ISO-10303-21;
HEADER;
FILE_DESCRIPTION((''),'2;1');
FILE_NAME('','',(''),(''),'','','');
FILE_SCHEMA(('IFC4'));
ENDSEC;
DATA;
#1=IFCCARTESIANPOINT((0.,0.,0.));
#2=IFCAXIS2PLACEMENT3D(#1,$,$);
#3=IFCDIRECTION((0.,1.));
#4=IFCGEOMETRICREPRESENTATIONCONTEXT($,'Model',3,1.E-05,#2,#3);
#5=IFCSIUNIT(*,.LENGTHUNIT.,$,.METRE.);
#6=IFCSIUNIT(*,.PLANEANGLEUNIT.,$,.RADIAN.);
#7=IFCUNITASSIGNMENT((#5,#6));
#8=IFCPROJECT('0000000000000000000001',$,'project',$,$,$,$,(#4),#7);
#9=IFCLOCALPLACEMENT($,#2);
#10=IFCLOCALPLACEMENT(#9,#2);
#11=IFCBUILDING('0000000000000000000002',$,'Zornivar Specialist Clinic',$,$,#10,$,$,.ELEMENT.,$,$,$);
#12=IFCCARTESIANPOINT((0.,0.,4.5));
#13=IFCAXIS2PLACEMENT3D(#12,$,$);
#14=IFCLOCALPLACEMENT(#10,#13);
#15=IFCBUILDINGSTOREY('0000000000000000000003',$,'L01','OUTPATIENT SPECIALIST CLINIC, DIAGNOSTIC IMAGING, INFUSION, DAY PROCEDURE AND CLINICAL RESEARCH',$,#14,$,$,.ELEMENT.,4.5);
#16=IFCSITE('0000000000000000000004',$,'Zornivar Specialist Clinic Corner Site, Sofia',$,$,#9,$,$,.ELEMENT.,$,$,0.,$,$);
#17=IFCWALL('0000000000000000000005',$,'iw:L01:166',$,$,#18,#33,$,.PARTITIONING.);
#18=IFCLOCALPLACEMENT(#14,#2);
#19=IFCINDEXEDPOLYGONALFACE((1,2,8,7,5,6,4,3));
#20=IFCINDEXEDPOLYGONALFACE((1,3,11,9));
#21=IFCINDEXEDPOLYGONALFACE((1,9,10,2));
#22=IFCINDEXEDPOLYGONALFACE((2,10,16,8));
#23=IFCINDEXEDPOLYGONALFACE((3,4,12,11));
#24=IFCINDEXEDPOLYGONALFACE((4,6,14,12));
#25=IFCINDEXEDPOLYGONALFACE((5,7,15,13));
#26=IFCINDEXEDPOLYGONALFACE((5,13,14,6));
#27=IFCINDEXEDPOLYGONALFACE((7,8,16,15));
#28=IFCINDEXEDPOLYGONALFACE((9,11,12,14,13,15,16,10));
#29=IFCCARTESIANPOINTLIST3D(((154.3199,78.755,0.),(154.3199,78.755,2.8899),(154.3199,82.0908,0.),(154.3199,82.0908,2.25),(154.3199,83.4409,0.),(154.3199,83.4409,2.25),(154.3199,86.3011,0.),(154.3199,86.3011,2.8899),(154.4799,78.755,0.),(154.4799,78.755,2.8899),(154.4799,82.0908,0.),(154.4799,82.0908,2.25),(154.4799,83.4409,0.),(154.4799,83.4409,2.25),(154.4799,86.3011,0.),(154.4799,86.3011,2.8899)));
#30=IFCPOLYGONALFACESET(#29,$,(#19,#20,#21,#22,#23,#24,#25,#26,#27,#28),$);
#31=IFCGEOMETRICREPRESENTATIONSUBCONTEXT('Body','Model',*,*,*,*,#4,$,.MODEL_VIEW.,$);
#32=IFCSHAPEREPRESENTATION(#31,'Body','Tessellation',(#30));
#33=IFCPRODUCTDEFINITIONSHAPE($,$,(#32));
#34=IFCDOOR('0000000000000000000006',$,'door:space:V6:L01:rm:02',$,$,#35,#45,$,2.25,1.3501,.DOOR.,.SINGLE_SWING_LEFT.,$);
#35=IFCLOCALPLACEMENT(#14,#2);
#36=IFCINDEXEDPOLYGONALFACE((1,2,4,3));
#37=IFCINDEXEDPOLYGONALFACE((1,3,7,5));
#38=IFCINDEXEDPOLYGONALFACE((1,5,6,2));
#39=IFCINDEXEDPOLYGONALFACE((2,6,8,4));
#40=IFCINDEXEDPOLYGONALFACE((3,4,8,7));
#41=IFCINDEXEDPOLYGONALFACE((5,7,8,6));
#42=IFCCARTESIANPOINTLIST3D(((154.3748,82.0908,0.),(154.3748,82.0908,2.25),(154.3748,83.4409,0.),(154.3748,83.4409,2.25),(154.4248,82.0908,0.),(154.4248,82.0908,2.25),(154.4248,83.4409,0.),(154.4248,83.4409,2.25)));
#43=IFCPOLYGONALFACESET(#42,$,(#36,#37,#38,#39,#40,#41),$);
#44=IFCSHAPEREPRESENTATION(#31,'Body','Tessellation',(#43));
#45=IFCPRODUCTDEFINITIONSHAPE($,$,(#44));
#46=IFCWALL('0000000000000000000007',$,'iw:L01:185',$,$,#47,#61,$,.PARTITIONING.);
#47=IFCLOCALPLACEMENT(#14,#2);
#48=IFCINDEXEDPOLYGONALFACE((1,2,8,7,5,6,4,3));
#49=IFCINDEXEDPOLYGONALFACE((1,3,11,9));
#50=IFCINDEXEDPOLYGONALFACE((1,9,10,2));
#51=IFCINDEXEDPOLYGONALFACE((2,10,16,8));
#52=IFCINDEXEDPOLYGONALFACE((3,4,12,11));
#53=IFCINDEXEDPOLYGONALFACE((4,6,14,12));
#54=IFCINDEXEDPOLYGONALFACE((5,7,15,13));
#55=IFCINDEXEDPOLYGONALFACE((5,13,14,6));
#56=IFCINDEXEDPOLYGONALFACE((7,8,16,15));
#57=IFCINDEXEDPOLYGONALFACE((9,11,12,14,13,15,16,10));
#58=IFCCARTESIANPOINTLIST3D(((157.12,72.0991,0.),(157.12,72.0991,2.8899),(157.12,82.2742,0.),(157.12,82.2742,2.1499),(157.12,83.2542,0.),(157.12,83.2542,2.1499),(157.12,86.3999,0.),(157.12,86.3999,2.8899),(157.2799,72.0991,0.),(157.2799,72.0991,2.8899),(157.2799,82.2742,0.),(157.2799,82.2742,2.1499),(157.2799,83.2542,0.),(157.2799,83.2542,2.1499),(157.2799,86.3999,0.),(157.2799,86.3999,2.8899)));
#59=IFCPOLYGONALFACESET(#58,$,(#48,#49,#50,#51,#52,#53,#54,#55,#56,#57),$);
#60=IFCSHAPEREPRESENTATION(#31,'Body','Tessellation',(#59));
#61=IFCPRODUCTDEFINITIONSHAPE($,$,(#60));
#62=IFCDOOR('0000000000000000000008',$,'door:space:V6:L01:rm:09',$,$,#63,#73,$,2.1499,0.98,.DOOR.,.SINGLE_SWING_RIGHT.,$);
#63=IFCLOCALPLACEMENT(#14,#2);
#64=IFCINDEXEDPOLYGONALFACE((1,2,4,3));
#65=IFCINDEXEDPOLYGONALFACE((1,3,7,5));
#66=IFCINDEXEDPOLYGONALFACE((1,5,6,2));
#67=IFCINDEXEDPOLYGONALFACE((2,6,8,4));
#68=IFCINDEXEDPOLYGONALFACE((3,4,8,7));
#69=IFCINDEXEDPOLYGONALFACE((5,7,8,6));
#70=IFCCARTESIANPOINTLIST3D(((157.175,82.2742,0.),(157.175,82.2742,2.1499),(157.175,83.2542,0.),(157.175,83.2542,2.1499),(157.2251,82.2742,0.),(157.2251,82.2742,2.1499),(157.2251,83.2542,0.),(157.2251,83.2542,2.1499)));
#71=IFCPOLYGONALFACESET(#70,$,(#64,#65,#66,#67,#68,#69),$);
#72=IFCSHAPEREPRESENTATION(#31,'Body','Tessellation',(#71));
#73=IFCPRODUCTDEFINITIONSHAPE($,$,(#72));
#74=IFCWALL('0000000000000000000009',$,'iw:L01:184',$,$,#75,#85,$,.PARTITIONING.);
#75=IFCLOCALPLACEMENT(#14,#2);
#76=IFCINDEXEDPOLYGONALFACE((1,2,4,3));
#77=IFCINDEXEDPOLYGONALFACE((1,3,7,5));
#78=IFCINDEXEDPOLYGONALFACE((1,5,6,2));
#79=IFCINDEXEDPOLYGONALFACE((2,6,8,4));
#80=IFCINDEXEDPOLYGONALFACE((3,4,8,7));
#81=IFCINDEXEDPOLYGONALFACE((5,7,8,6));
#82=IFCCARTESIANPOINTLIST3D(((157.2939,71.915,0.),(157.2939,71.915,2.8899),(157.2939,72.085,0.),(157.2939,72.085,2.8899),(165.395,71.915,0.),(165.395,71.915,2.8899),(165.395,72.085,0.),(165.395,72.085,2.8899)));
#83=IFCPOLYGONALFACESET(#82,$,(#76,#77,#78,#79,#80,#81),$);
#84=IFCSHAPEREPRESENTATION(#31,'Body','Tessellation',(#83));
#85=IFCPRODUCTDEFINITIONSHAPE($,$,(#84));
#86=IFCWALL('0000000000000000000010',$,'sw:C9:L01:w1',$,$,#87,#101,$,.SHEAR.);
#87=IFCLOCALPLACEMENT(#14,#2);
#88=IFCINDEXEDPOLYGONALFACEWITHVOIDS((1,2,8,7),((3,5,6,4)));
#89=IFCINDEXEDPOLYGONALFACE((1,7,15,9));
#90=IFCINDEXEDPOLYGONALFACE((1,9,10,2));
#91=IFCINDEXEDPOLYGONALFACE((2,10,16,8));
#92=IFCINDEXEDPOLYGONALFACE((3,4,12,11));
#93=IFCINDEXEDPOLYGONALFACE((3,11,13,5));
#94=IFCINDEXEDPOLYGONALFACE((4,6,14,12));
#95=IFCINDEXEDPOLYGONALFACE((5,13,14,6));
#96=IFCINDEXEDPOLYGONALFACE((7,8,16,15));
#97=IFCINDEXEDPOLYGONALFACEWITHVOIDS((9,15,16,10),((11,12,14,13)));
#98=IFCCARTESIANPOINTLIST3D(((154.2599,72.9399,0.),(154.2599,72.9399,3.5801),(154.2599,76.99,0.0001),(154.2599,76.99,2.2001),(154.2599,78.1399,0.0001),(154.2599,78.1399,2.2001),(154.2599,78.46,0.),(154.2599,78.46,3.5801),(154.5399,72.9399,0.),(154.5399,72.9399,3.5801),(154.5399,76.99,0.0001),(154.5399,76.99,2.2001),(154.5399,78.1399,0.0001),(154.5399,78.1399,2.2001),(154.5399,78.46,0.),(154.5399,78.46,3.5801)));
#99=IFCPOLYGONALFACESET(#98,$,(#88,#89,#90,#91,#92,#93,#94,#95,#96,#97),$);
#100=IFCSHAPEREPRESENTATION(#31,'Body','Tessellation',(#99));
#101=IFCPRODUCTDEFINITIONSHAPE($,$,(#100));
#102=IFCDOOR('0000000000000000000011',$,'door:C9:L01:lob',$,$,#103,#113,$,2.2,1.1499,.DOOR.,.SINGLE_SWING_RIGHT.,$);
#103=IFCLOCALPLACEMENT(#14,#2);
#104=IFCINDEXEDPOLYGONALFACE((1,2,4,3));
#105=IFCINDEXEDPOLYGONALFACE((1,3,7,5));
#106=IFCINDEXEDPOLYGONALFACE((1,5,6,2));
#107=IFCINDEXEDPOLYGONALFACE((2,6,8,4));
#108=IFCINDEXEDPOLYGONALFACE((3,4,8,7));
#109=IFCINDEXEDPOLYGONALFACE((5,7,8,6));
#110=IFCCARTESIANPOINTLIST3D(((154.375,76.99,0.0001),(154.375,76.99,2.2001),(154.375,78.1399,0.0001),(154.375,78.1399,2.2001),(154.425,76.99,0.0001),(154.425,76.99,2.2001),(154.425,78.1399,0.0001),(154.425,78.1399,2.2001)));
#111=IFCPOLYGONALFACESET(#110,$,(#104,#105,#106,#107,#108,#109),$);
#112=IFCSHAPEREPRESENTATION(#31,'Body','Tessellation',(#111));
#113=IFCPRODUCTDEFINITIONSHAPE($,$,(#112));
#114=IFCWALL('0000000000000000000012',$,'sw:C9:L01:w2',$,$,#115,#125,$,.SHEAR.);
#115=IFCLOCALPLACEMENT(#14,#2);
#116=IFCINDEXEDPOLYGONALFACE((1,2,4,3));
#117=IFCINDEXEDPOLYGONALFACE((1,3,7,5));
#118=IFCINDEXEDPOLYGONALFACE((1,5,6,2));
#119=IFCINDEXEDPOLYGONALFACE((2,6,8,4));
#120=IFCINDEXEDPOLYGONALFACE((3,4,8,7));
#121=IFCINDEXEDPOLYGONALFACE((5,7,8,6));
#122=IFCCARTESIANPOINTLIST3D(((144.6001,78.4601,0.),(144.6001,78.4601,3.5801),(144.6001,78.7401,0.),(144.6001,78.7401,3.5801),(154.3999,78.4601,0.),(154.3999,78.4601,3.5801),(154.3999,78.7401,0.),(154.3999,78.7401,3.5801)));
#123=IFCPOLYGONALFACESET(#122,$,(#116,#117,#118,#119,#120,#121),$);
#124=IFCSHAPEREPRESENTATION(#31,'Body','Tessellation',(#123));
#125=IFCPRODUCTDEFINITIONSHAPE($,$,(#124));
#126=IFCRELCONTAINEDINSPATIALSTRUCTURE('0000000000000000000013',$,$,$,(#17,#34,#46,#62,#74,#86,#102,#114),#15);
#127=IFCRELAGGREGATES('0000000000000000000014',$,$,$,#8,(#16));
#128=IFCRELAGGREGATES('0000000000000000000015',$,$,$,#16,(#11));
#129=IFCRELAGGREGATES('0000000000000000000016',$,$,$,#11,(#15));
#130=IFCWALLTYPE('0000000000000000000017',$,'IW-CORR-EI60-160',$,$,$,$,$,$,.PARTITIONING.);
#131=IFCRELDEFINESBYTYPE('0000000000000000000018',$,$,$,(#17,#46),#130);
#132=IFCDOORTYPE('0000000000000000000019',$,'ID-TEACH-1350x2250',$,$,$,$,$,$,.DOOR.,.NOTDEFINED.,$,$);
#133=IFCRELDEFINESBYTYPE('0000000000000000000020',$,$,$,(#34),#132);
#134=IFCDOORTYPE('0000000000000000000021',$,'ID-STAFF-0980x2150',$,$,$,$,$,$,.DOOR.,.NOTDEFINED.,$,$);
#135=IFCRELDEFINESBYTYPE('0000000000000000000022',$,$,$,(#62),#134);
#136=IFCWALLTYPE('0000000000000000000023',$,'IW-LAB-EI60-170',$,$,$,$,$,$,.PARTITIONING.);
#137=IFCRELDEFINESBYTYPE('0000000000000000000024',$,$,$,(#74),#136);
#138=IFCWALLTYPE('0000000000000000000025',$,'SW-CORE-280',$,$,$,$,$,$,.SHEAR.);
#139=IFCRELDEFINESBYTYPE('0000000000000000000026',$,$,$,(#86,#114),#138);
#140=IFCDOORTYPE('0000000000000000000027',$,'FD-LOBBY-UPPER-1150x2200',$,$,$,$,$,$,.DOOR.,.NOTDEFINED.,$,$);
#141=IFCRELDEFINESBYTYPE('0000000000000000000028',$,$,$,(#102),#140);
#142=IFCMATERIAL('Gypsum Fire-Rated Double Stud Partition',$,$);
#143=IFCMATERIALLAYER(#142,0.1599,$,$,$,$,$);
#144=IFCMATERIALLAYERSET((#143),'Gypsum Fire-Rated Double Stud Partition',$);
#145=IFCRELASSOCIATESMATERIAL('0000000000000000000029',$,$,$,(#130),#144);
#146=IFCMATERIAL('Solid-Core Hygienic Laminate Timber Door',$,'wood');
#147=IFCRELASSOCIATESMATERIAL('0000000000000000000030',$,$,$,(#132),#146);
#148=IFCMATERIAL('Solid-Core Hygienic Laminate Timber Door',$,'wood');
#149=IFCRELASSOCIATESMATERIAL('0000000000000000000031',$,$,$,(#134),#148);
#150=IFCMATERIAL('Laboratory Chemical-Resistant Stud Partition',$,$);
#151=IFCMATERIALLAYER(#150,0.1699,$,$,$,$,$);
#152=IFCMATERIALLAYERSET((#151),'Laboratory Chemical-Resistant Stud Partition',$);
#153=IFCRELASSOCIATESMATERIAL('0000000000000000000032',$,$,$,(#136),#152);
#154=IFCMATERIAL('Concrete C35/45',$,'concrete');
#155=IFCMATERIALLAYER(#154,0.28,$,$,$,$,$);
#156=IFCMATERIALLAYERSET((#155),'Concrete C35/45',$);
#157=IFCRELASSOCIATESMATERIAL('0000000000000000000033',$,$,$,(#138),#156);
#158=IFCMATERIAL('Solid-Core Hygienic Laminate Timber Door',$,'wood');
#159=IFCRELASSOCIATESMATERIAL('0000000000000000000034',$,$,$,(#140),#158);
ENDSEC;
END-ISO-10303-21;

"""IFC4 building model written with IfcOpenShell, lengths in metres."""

from ifc_helpers import new_model, si_unit, direction, frame, frame_2d, origin, place, context, subcontext, project, spatial, rectangle, extrude, material, layer, layer_set, type_object, element, fill, save


model = new_model("IFC4")

# Units and contexts
model_context = context("Model", 3, precision=1e-05, world=origin(), true_north=direction((0.0, 1.0)))
body_context = subcontext(model_context, "Body", "Model", "MODEL_VIEW")
ifc_project = project(units=[si_unit("LENGTHUNIT", "METRE"), si_unit("PLANEANGLEUNIT", "RADIAN")], contexts=[model_context])

# Site, building, storey
site_placement = place(None, origin())
site = spatial("IfcSite", under=ifc_project, at=site_placement, Name="Zornivar Specialist Clinic Corner Site, Sofia", CompositionType="ELEMENT", RefElevation=0.0)
building_placement = place(site_placement, origin())
building = spatial("IfcBuilding", under=site, at=building_placement, Name="Zornivar Specialist Clinic", CompositionType="ELEMENT")
storey_placement = place(building_placement, frame((0.0, 0.0, 4.5)))
storey = spatial("IfcBuildingStorey", under=building, at=storey_placement, Name="L01", Description="OUTPATIENT SPECIALIST CLINIC, DIAGNOSTIC IMAGING, INFUSION, DAY PROCEDURE AND CLINICAL RESEARCH", CompositionType="ELEMENT", Elevation=4.5)

# Shared definitions
ifc_material_1 = material(Name="Gypsum Fire-Rated Double Stud Partition")
ifc_layer_1 = layer(ifc_material_1, 0.1599)
ifc_layer_set_1 = layer_set([ifc_layer_1], Name="Gypsum Fire-Rated Double Stud Partition")
wall_type_1 = type_object("IfcWallType", Name="IW-CORR-EI60-160", PredefinedType="PARTITIONING", material=ifc_layer_set_1)

# Walls, openings, doors
wall_1_placement = place(storey_placement, frame((154.3999, 86.301, 0.0), z_axis=(0.0, 0.0, 1.0), x_axis=(0.0, -1.0, 0.0)))
wall_1 = element("IfcWall", 1, at=wall_1_placement, inside=storey, type_object=wall_type_1, Name="iw:L01:166", PredefinedType="PARTITIONING", context=body_context, shape_type="SweptSolid", body=[
    extrude(rectangle(XDim=7.5461, YDim=0.1599, at=frame_2d((3.7729, 0.0))), origin(), (0.0, 0.0, 1.0), 2.8899),
])
opening_1_placement = place(wall_1_placement, frame((2.8601, 0.0, 0.0)))
opening_1 = element("IfcOpeningElement", 2, at=opening_1_placement, cuts=wall_1, PredefinedType="OPENING", context=body_context, shape_type="SweptSolid", body=[
    extrude(rectangle(XDim=1.3501, YDim=2.25, at=frame_2d((0.675, 1.125))), frame((0.0, 0.0898, 0.0), z_axis=(0.0, -1.0, 0.0), x_axis=(1.0, 0.0, 0.0)), (0.0, 0.0, 1.0), 0.1799),
])
ifc_material_2 = material(Name="Solid-Core Hygienic Laminate Timber Door", Category="wood")
door_type_1 = type_object("IfcDoorType", Name="ID-TEACH-1350x2250", OperationType="NOTDEFINED", PredefinedType="DOOR", material=ifc_material_2)
door_1_placement = place(opening_1_placement, origin())
door_1 = element("IfcDoor", 3, at=door_1_placement, inside=storey, type_object=door_type_1, Name="door:space:V6:L01:rm:02", OperationType="SINGLE_SWING_LEFT", OverallHeight=2.25, OverallWidth=1.3501, PredefinedType="DOOR", context=body_context, shape_type="SweptSolid", body=[
    extrude(rectangle(XDim=1.3501, YDim=2.25, at=frame_2d((0.675, 1.125))), frame((0.0, 0.0249, 0.0), z_axis=(0.0, -1.0, 0.0), x_axis=(1.0, 0.0, 0.0)), (0.0, 0.0, 1.0), 0.05),
])
fill(opening_1, door_1)
wall_2_placement = place(storey_placement, frame((157.2, 72.0991, 0.0), z_axis=(0.0, 0.0, 1.0), x_axis=(0.0, 1.0, 0.0)))
wall_2 = element("IfcWall", 4, at=wall_2_placement, inside=storey, type_object=wall_type_1, Name="iw:L01:185", PredefinedType="PARTITIONING", context=body_context, shape_type="SweptSolid", body=[
    extrude(rectangle(XDim=14.3008, YDim=0.1599, at=frame_2d((7.1504, 0.0))), origin(), (0.0, 0.0, 1.0), 2.8899),
])
opening_2_placement = place(wall_2_placement, frame((10.175, 0.0, 0.0)))
opening_2 = element("IfcOpeningElement", 5, at=opening_2_placement, cuts=wall_2, PredefinedType="OPENING", context=body_context, shape_type="SweptSolid", body=[
    extrude(rectangle(XDim=0.98, YDim=2.1499, at=frame_2d((0.49, 1.075))), frame((0.0, 0.0898, 0.0), z_axis=(0.0, -1.0, 0.0), x_axis=(1.0, 0.0, 0.0)), (0.0, 0.0, 1.0), 0.1799),
])
ifc_material_3 = material(Name="Solid-Core Hygienic Laminate Timber Door", Category="wood")
door_type_2 = type_object("IfcDoorType", Name="ID-STAFF-0980x2150", OperationType="NOTDEFINED", PredefinedType="DOOR", material=ifc_material_3)
door_2_placement = place(opening_2_placement, origin())
door_2 = element("IfcDoor", 6, at=door_2_placement, inside=storey, type_object=door_type_2, Name="door:space:V6:L01:rm:09", OperationType="SINGLE_SWING_RIGHT", OverallHeight=2.1499, OverallWidth=0.98, PredefinedType="DOOR", context=body_context, shape_type="SweptSolid", body=[
    extrude(rectangle(XDim=0.98, YDim=2.1499, at=frame_2d((0.49, 1.075))), frame((0.0, 0.0249, 0.0), z_axis=(0.0, -1.0, 0.0), x_axis=(1.0, 0.0, 0.0)), (0.0, 0.0, 1.0), 0.05),
])
fill(opening_2, door_2)

# Wall
ifc_material_4 = material(Name="Laboratory Chemical-Resistant Stud Partition")
ifc_layer_2 = layer(ifc_material_4, 0.1699)
ifc_layer_set_2 = layer_set([ifc_layer_2], Name="Laboratory Chemical-Resistant Stud Partition")
wall_type_2 = type_object("IfcWallType", Name="IW-LAB-EI60-170", PredefinedType="PARTITIONING", material=ifc_layer_set_2)
wall_3_placement = place(storey_placement, frame((157.2939, 72.0, 0.0), z_axis=(0.0, 0.0, 1.0), x_axis=(1.0, 0.0, 0.0)))
element("IfcWall", 7, at=wall_3_placement, inside=storey, type_object=wall_type_2, Name="iw:L01:184", PredefinedType="PARTITIONING", context=body_context, shape_type="SweptSolid", body=[
    extrude(rectangle(XDim=8.1011, YDim=0.1699, at=frame_2d((4.0505, 0.0))), origin(), (0.0, 0.0, 1.0), 2.8899),
])

# Wall, opening, door
ifc_material_5 = material(Name="Concrete C35/45", Category="concrete")
ifc_layer_3 = layer(ifc_material_5, 0.28)
ifc_layer_set_3 = layer_set([ifc_layer_3], Name="Concrete C35/45")
wall_type_3 = type_object("IfcWallType", Name="SW-CORE-280", PredefinedType="SHEAR", material=ifc_layer_set_3)
wall_4_placement = place(storey_placement, frame((154.3999, 72.9399, 0.0), z_axis=(0.0, 0.0, 1.0), x_axis=(0.0, 1.0, 0.0)))
wall_4 = element("IfcWall", 8, at=wall_4_placement, inside=storey, type_object=wall_type_3, Name="sw:C9:L01:w1", PredefinedType="SHEAR", context=body_context, shape_type="SweptSolid", body=[
    extrude(rectangle(XDim=5.52, YDim=0.28, at=frame_2d((2.76, 0.0))), origin(), (0.0, 0.0, 1.0), 3.5801),
])
opening_3_placement = place(wall_4_placement, frame((4.05, 0.0, 0.0)))
opening_3 = element("IfcOpeningElement", 9, at=opening_3_placement, cuts=wall_4, PredefinedType="OPENING", context=body_context, shape_type="SweptSolid", body=[
    extrude(rectangle(XDim=1.1499, YDim=2.2, at=frame_2d((0.575, 1.1001))), frame((0.0, 0.1499, 0.0), z_axis=(0.0, -1.0, 0.0), x_axis=(1.0, 0.0, 0.0)), (0.0, 0.0, 1.0), 0.3),
])
ifc_material_6 = material(Name="Solid-Core Hygienic Laminate Timber Door", Category="wood")
door_type_3 = type_object("IfcDoorType", Name="FD-LOBBY-UPPER-1150x2200", OperationType="NOTDEFINED", PredefinedType="DOOR", material=ifc_material_6)
door_3_placement = place(opening_3_placement, origin())
door_3 = element("IfcDoor", 10, at=door_3_placement, inside=storey, type_object=door_type_3, Name="door:C9:L01:lob", OperationType="SINGLE_SWING_RIGHT", OverallHeight=2.2, OverallWidth=1.1499, PredefinedType="DOOR", context=body_context, shape_type="SweptSolid", body=[
    extrude(rectangle(XDim=1.1499, YDim=2.2, at=frame_2d((0.575, 1.1001))), frame((0.0, 0.0249, 0.0), z_axis=(0.0, -1.0, 0.0), x_axis=(1.0, 0.0, 0.0)), (0.0, 0.0, 1.0), 0.05),
])
fill(opening_3, door_3)

# Wall
wall_5_placement = place(storey_placement, frame((154.3999, 78.6001, 0.0), z_axis=(0.0, 0.0, 1.0), x_axis=(-1.0, 0.0, 0.0)))
element("IfcWall", 11, at=wall_5_placement, inside=storey, type_object=wall_type_3, Name="sw:C9:L01:w2", PredefinedType="SHEAR", context=body_context, shape_type="SweptSolid", body=[
    extrude(rectangle(XDim=9.7998, YDim=0.28, at=frame_2d((4.8999, 0.0))), origin(), (0.0, 0.0, 1.0), 3.5801),
])

save(model, "model.ifc")
